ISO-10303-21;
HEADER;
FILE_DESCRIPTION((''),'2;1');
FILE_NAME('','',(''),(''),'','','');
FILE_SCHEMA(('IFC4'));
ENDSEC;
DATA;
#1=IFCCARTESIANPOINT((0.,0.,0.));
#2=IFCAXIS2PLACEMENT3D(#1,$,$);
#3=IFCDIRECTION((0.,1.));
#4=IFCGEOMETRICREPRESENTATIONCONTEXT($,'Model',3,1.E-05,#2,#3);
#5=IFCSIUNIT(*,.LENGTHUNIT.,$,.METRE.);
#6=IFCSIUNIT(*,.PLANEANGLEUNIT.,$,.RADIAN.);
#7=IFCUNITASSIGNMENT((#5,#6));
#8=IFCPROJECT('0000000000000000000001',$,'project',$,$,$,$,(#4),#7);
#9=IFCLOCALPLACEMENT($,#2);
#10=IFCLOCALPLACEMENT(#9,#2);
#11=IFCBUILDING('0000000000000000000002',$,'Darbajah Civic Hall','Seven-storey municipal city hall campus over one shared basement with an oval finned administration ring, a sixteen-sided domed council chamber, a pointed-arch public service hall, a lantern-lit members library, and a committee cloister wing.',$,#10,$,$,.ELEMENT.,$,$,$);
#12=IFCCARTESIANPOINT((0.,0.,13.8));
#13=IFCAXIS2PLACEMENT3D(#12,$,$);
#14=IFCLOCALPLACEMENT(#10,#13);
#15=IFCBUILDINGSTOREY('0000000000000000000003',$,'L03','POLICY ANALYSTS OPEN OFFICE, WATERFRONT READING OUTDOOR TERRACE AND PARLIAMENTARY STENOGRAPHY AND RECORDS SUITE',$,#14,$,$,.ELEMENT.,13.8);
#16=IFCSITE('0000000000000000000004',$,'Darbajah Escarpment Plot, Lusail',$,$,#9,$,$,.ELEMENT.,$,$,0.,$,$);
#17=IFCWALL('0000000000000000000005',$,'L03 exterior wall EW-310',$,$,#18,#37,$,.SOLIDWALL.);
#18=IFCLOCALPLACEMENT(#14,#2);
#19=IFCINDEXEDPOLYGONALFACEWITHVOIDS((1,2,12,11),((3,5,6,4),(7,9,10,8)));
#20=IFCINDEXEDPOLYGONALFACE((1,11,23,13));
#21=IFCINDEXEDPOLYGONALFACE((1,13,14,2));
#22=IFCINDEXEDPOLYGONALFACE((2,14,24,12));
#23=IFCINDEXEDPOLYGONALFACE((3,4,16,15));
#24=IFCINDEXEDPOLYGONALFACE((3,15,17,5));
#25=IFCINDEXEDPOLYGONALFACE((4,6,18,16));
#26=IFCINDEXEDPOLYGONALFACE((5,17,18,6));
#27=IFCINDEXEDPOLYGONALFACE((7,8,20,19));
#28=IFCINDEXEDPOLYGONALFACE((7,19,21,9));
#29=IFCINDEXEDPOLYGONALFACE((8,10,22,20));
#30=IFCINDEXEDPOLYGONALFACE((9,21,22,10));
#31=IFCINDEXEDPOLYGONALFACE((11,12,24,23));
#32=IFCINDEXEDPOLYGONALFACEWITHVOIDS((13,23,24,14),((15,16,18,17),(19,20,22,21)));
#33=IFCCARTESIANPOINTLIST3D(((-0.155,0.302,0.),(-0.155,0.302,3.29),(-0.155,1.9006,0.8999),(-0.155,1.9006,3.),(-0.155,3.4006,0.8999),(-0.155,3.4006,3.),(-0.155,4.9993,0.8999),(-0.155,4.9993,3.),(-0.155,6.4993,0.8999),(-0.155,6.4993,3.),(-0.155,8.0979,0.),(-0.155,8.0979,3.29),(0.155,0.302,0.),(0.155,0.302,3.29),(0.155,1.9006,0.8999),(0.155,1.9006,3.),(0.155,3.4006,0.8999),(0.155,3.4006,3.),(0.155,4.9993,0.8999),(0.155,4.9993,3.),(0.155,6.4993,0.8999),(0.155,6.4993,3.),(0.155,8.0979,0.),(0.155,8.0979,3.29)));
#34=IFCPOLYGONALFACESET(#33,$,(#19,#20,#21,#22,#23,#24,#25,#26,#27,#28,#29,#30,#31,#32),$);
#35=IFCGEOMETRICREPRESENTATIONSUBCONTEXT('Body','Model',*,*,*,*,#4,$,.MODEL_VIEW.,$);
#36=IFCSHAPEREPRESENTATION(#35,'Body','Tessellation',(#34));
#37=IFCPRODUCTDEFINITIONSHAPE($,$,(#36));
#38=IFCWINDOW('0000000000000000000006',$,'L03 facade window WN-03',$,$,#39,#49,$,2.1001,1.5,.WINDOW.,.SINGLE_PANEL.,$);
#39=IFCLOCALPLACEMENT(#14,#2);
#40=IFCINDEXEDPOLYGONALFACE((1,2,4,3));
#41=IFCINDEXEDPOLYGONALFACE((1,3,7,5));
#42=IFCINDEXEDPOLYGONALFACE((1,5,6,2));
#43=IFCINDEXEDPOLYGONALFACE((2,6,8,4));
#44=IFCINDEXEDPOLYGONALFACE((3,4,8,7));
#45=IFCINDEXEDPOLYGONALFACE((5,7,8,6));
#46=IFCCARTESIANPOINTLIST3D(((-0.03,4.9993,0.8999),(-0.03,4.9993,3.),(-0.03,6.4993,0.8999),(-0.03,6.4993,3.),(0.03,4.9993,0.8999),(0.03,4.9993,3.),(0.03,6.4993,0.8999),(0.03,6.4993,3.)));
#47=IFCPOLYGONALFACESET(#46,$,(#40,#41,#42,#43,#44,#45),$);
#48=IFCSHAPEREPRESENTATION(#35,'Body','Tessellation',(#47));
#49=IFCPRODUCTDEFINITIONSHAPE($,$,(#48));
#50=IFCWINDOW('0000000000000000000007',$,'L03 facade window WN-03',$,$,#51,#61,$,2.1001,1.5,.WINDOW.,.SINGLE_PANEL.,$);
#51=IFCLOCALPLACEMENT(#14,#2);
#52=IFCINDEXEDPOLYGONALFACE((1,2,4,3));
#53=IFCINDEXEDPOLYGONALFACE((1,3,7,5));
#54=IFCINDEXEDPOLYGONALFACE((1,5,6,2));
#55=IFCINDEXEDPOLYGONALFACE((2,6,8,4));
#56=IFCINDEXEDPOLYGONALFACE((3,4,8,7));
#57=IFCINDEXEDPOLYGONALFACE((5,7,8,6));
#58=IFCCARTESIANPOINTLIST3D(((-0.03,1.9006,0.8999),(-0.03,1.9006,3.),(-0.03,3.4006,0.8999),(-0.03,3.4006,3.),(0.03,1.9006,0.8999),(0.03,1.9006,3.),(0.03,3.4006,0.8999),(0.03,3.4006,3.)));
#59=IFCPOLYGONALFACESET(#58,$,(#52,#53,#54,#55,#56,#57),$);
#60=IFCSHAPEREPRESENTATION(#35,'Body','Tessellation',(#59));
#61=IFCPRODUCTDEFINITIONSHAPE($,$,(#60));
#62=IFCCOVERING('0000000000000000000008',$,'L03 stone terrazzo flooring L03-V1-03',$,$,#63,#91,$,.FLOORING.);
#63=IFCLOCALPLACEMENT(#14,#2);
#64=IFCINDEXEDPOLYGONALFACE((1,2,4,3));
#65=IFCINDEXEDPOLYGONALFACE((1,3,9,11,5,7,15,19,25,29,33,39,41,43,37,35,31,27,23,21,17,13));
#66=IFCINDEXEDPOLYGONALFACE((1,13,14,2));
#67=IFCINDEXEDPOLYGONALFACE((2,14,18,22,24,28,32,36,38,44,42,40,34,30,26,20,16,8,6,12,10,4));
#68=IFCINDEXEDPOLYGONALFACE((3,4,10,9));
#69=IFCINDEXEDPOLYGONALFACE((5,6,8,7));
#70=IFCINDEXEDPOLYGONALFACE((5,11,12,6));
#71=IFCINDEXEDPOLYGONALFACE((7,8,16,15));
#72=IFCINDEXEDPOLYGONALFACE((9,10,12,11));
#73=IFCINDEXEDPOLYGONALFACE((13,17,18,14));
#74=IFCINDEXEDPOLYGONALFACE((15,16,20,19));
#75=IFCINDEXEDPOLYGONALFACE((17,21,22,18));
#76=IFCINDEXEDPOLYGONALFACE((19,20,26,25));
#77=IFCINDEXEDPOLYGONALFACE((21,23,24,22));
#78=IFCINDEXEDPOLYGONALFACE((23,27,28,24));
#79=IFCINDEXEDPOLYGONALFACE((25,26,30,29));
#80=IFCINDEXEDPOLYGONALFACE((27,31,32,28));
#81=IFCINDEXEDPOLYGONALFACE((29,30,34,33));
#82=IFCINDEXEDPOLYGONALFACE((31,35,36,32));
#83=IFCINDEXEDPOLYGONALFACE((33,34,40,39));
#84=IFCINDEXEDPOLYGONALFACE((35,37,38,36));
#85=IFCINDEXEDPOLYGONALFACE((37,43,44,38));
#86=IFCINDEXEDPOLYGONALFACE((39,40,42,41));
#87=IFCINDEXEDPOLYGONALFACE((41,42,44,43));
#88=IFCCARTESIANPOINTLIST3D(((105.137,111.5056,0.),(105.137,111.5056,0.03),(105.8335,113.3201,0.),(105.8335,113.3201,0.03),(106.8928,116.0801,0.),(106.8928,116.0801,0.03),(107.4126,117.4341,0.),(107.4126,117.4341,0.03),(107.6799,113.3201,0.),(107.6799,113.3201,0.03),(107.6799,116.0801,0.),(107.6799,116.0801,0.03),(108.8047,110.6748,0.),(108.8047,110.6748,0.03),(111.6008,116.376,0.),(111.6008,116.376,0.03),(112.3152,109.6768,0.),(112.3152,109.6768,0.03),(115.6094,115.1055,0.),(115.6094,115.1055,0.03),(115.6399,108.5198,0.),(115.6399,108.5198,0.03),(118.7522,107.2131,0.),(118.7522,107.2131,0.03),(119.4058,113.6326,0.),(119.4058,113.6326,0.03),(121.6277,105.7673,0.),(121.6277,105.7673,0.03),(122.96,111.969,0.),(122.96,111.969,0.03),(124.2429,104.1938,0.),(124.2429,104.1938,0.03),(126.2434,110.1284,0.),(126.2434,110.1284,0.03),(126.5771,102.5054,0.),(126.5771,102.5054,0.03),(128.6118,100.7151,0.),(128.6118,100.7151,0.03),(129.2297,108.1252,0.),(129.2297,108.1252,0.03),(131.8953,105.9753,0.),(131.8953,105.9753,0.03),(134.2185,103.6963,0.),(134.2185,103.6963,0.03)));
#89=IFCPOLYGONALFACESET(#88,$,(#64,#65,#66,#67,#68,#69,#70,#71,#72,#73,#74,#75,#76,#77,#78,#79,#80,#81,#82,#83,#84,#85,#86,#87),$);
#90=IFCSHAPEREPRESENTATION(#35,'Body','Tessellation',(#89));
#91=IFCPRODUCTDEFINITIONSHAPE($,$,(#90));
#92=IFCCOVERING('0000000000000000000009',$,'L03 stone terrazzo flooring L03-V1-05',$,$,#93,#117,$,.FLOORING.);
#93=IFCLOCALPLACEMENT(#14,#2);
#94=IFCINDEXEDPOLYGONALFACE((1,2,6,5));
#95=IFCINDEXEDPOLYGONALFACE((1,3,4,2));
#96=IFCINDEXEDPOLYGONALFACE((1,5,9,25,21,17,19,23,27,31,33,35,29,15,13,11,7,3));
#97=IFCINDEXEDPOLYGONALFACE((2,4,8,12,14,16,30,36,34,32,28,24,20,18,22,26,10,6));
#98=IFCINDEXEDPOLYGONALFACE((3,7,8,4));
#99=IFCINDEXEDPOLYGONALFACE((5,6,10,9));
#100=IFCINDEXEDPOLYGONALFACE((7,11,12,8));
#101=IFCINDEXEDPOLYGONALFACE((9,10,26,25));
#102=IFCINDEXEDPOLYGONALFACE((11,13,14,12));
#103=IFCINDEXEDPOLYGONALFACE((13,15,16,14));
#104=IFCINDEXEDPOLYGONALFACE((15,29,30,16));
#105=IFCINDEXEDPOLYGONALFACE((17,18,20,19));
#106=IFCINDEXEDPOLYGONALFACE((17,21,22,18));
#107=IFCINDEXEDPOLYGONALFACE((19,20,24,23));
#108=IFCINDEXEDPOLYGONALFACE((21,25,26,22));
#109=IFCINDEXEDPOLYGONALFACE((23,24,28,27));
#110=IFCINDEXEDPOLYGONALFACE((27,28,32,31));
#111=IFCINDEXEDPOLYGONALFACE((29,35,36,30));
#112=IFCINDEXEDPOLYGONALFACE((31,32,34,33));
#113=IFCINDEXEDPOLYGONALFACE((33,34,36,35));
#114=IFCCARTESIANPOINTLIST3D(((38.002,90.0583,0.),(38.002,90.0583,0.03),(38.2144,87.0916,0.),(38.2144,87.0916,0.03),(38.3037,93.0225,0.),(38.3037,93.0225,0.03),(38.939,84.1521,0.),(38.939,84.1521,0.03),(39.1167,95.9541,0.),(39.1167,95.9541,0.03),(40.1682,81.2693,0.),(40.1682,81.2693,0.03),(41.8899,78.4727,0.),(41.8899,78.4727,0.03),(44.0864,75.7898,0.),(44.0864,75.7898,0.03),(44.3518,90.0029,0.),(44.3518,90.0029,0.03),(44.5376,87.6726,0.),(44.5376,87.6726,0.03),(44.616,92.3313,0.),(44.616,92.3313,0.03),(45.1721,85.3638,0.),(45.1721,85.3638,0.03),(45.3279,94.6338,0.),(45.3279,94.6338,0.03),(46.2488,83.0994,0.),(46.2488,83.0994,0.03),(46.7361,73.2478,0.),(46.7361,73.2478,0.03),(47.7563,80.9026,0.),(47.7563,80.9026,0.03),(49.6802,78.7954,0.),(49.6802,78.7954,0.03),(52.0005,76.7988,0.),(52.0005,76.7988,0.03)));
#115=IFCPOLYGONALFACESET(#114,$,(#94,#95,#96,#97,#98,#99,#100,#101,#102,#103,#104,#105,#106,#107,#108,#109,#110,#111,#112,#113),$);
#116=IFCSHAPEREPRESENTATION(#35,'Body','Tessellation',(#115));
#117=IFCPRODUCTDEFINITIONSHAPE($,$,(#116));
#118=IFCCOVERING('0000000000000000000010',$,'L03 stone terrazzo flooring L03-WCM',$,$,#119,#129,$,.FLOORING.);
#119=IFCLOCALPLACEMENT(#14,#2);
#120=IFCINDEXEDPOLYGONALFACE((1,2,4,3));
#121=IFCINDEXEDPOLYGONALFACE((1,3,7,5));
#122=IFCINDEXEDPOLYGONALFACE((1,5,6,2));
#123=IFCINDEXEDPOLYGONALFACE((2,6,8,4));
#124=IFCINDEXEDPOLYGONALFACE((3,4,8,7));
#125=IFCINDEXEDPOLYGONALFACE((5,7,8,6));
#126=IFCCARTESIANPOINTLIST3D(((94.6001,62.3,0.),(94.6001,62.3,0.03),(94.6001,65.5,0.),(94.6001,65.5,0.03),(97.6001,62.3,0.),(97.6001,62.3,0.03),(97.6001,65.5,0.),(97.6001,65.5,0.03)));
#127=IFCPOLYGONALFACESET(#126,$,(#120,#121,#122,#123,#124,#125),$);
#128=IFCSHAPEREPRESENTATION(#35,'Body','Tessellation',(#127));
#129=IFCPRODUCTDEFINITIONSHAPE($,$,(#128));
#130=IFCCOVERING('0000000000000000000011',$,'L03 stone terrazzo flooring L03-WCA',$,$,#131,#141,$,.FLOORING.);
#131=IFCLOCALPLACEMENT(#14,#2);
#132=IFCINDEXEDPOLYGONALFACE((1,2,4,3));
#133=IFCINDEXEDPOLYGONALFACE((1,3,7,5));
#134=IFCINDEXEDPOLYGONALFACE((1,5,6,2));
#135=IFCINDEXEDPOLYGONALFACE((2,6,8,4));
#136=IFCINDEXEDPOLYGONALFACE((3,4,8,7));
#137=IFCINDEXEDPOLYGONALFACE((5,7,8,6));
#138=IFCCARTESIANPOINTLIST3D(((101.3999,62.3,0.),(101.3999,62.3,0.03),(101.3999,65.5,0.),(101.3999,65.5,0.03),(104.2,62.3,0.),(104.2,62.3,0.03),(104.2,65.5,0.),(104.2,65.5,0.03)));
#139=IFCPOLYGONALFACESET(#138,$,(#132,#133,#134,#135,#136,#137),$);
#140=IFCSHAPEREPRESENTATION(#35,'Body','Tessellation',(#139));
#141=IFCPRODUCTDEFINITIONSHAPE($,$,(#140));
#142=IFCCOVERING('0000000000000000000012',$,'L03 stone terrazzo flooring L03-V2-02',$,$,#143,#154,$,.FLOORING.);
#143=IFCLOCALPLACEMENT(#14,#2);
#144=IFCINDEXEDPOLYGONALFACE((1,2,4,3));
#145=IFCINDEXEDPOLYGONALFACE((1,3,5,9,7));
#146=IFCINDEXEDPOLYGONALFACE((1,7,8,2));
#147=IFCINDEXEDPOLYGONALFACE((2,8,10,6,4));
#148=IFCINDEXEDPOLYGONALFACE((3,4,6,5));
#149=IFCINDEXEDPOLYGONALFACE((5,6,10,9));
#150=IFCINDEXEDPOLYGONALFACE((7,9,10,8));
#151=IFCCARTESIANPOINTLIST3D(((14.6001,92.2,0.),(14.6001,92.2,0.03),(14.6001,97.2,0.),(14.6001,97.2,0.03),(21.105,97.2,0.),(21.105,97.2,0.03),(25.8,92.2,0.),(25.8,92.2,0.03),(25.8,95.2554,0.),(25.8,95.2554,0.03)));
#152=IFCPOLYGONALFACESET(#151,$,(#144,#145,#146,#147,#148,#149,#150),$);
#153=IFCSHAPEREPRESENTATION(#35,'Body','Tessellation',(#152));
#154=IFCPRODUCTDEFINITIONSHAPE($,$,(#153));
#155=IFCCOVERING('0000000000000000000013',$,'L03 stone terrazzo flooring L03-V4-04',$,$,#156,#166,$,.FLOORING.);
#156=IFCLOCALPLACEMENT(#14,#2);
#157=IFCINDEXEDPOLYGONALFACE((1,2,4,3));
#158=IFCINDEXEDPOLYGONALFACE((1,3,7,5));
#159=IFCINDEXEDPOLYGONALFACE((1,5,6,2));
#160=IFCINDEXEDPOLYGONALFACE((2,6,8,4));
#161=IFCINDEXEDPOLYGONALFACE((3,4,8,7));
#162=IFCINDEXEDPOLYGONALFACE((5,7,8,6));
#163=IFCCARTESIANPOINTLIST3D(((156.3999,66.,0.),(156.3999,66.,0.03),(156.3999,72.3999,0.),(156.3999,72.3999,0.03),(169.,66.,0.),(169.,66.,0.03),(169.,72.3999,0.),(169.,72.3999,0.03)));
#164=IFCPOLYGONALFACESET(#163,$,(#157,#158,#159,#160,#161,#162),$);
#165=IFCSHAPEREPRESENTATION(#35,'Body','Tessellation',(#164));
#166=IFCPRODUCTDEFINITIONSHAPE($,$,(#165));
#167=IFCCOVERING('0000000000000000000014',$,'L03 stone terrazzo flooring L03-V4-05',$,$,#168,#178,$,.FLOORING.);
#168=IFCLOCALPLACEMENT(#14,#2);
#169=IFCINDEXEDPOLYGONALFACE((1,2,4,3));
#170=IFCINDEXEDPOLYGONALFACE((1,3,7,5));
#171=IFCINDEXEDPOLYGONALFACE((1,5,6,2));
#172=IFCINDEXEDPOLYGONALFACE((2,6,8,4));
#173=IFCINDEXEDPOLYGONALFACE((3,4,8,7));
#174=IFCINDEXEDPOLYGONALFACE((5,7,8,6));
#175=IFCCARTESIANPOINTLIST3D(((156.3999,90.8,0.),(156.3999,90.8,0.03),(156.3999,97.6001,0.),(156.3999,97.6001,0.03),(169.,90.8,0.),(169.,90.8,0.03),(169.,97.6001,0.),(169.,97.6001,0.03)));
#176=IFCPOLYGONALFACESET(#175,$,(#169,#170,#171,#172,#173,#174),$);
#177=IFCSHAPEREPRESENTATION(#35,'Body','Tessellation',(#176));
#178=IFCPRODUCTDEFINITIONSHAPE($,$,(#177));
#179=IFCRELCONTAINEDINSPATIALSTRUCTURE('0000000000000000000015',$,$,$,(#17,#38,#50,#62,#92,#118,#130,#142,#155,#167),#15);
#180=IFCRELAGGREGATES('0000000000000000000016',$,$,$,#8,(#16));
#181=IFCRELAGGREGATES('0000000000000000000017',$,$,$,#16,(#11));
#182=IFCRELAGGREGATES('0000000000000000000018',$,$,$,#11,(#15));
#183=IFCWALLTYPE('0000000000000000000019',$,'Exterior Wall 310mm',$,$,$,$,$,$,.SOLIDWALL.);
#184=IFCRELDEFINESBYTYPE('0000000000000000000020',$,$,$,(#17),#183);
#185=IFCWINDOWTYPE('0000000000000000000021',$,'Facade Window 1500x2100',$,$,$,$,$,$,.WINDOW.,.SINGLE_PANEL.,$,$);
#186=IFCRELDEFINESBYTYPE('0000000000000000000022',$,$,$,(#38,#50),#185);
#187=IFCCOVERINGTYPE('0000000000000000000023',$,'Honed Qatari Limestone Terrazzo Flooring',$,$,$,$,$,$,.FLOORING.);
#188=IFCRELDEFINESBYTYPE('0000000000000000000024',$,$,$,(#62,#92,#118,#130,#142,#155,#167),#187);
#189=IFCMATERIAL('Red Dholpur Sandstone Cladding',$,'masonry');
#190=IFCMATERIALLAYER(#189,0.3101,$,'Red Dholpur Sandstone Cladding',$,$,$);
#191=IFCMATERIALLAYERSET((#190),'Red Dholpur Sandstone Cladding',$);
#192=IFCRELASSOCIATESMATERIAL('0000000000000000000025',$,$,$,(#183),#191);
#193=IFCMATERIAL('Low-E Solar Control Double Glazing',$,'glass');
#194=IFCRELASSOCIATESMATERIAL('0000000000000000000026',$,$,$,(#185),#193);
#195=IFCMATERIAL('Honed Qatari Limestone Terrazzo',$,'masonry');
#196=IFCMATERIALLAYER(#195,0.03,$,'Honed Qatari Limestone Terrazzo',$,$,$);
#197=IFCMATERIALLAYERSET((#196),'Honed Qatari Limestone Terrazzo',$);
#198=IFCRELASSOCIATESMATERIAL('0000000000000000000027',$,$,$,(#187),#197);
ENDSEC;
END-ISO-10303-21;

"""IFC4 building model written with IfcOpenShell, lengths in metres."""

from ifc_helpers import new_model, si_unit, direction, frame, frame_2d, origin, place, context, subcontext, project, spatial, polyline, rectangle, outline, extrude, material, layer, layer_set, type_object, element, fill, save


model = new_model("IFC4")

# Units and contexts
model_context = context("Model", 3, precision=1e-05, world=origin(), true_north=direction((0.0, 1.0)))
body_context = subcontext(model_context, "Body", "Model", "MODEL_VIEW")
ifc_project = project(units=[si_unit("LENGTHUNIT", "METRE"), si_unit("PLANEANGLEUNIT", "RADIAN")], contexts=[model_context])

# Site, building, storey
site_placement = place(None, origin())
site = spatial("IfcSite", under=ifc_project, at=site_placement, Name="Darbajah Escarpment Plot, Lusail", CompositionType="ELEMENT", RefElevation=0.0)
building_placement = place(site_placement, origin())
building = spatial("IfcBuilding", under=site, at=building_placement, Name="Darbajah Civic Hall", Description="Seven-storey municipal city hall campus over one shared basement with an oval finned administration ring, a sixteen-sided domed council chamber, a pointed-arch public service hall, a lantern-lit members library, and a committee cloister wing.", CompositionType="ELEMENT")
storey_placement = place(building_placement, frame((0.0, 0.0, 13.8)))
storey = spatial("IfcBuildingStorey", under=building, at=storey_placement, Name="L03", Description="POLICY ANALYSTS OPEN OFFICE, WATERFRONT READING OUTDOOR TERRACE AND PARLIAMENTARY STENOGRAPHY AND RECORDS SUITE", CompositionType="ELEMENT", Elevation=13.8)

# Wall, openings, windows
ifc_material_1 = material(Name="Red Dholpur Sandstone Cladding", Category="masonry")
ifc_layer_1 = layer(ifc_material_1, 0.3101, Name="Red Dholpur Sandstone Cladding")
ifc_layer_set_1 = layer_set([ifc_layer_1], Name="Red Dholpur Sandstone Cladding")
wall_type = type_object("IfcWallType", Name="Exterior Wall 310mm", PredefinedType="SOLIDWALL", material=ifc_layer_set_1)
wall_placement = place(storey_placement, frame((0.0, 8.0979, 0.0), z_axis=(0.0, 0.0, 1.0), x_axis=(0.0, -1.0, 0.0)))
wall = element("IfcWall", 1, at=wall_placement, inside=storey, type_object=wall_type, Name="L03 exterior wall EW-310", PredefinedType="SOLIDWALL", context=body_context, shape_type="SweptSolid", body=[
    extrude(rectangle(XDim=7.7959, YDim=0.3101, at=frame_2d((3.8979, 0.0))), origin(), (0.0, 0.0, 1.0), 3.29),
])
opening_1_placement = place(wall_placement, frame((1.5986, 0.0, 0.8999)))
opening_1 = element("IfcOpeningElement", 2, at=opening_1_placement, cuts=wall, PredefinedType="OPENING", context=body_context, shape_type="SweptSolid", body=[
    extrude(rectangle(XDim=1.5, YDim=2.1001, at=frame_2d((0.75, 1.05))), frame((0.0, 0.165, 0.0), z_axis=(0.0, -1.0, 0.0), x_axis=(1.0, 0.0, 0.0)), (0.0, 0.0, 1.0), 0.3301),
])
opening_2_placement = place(wall_placement, frame((4.6973, 0.0, 0.8999)))
opening_2 = element("IfcOpeningElement", 3, at=opening_2_placement, cuts=wall, PredefinedType="OPENING", context=body_context, shape_type="SweptSolid", body=[
    extrude(rectangle(XDim=1.5, YDim=2.1001, at=frame_2d((0.75, 1.05))), frame((0.0, 0.165, 0.0), z_axis=(0.0, -1.0, 0.0), x_axis=(1.0, 0.0, 0.0)), (0.0, 0.0, 1.0), 0.3301),
])
ifc_material_2 = material(Name="Low-E Solar Control Double Glazing", Category="glass")
window_type = type_object("IfcWindowType", Name="Facade Window 1500x2100", PartitioningType="SINGLE_PANEL", PredefinedType="WINDOW", material=ifc_material_2)
window_1_placement = place(opening_1_placement, origin())
window_1 = element("IfcWindow", 4, at=window_1_placement, inside=storey, type_object=window_type, Name="L03 facade window WN-03", OverallHeight=2.1001, OverallWidth=1.5, PartitioningType="SINGLE_PANEL", PredefinedType="WINDOW", context=body_context, shape_type="SweptSolid", body=[
    extrude(rectangle(XDim=1.5, YDim=2.1001, at=frame_2d((0.75, 1.05))), frame((0.0, 0.03, 0.0), z_axis=(0.0, -1.0, 0.0), x_axis=(1.0, 0.0, 0.0)), (0.0, 0.0, 1.0), 0.0601),
])
fill(opening_1, window_1)
window_2_placement = place(opening_2_placement, origin())
window_2 = element("IfcWindow", 5, at=window_2_placement, inside=storey, type_object=window_type, Name="L03 facade window WN-03", OverallHeight=2.1001, OverallWidth=1.5, PartitioningType="SINGLE_PANEL", PredefinedType="WINDOW", context=body_context, shape_type="SweptSolid", body=[
    extrude(rectangle(XDim=1.5, YDim=2.1001, at=frame_2d((0.75, 1.05))), frame((0.0, 0.03, 0.0), z_axis=(0.0, -1.0, 0.0), x_axis=(1.0, 0.0, 0.0)), (0.0, 0.0, 1.0), 0.0601),
])
fill(opening_2, window_2)

# Coverings
ifc_material_3 = material(Name="Honed Qatari Limestone Terrazzo", Category="masonry")
ifc_layer_2 = layer(ifc_material_3, 0.03, Name="Honed Qatari Limestone Terrazzo")
ifc_layer_set_2 = layer_set([ifc_layer_2], Name="Honed Qatari Limestone Terrazzo")
covering_type_1 = type_object("IfcCoveringType", Name="Honed Qatari Limestone Terrazzo Flooring", PredefinedType="FLOORING", material=ifc_layer_set_2)
covering_1_placement = place(storey_placement, origin())
element("IfcCovering", 6, at=covering_1_placement, inside=storey, type_object=covering_type_1, Name="L03 stone terrazzo flooring L03-V1-03", PredefinedType="FLOORING", context=body_context, shape_type="SweptSolid", body=[
    extrude(outline(polyline([(128.6118, 100.7151), (126.5771, 102.5054), (124.2429, 104.1938), (121.6277, 105.7673), (118.7522, 107.2131), (115.6399, 108.5198), (112.3152, 109.6768), (108.8047, 110.6748), (105.137, 111.5056), (105.8335, 113.3201), (107.6799, 113.3201), (107.6799, 116.0801), (106.8928, 116.0801), (107.4126, 117.4341), (111.6008, 116.376), (115.6094, 115.1055), (119.4058, 113.6326), (122.96, 111.969), (126.2434, 110.1284), (129.2297, 108.1252), (131.8953, 105.9753), (134.2185, 103.6963), (128.6118, 100.7151)])), origin(), (0.0, 0.0, 1.0), 0.03),
])
covering_2_placement = place(storey_placement, origin())
element("IfcCovering", 7, at=covering_2_placement, inside=storey, type_object=covering_type_1, Name="L03 stone terrazzo flooring L03-V1-05", PredefinedType="FLOORING", context=body_context, shape_type="SweptSolid", body=[
    extrude(outline(polyline([(39.1167, 95.9541), (38.3037, 93.0225), (38.002, 90.0583), (38.2144, 87.0916), (38.939, 84.1521), (40.1682, 81.2693), (41.8899, 78.4727), (44.0864, 75.7898), (46.7361, 73.2478), (52.0005, 76.7988), (49.6802, 78.7954), (47.7563, 80.9026), (46.2488, 83.0994), (45.1721, 85.3638), (44.5376, 87.6726), (44.3518, 90.0029), (44.616, 92.3313), (45.3279, 94.6338), (39.1167, 95.9541)])), origin(), (0.0, 0.0, 1.0), 0.03),
])
covering_3_placement = place(storey_placement, origin())
element("IfcCovering", 8, at=covering_3_placement, inside=storey, type_object=covering_type_1, Name="L03 stone terrazzo flooring L03-WCM", PredefinedType="FLOORING", context=body_context, shape_type="SweptSolid", body=[
    extrude(outline(polyline([(94.6001, 62.3), (97.6001, 62.3), (97.6001, 65.5), (94.6001, 65.5), (94.6001, 62.3)])), origin(), (0.0, 0.0, 1.0), 0.03),
])
covering_4_placement = place(storey_placement, origin())
element("IfcCovering", 9, at=covering_4_placement, inside=storey, type_object=covering_type_1, Name="L03 stone terrazzo flooring L03-WCA", PredefinedType="FLOORING", context=body_context, shape_type="SweptSolid", body=[
    extrude(outline(polyline([(101.3999, 62.3), (104.2, 62.3), (104.2, 65.5), (101.3999, 65.5), (101.3999, 62.3)])), origin(), (0.0, 0.0, 1.0), 0.03),
])
covering_5_placement = place(storey_placement, origin())
element("IfcCovering", 10, at=covering_5_placement, inside=storey, type_object=covering_type_1, Name="L03 stone terrazzo flooring L03-V2-02", PredefinedType="FLOORING", context=body_context, shape_type="SweptSolid", body=[
    extrude(outline(polyline([(14.6001, 97.2), (21.105, 97.2), (25.8, 95.2554), (25.8, 92.2), (14.6001, 92.2), (14.6001, 97.2)])), origin(), (0.0, 0.0, 1.0), 0.03),
])
covering_6_placement = place(storey_placement, origin())
element("IfcCovering", 11, at=covering_6_placement, inside=storey, type_object=covering_type_1, Name="L03 stone terrazzo flooring L03-V4-04", PredefinedType="FLOORING", context=body_context, shape_type="SweptSolid", body=[
    extrude(outline(polyline([(156.3999, 66.0), (169.0, 66.0), (169.0, 72.3999), (156.3999, 72.3999), (156.3999, 66.0)])), origin(), (0.0, 0.0, 1.0), 0.03),
])
covering_7_placement = place(storey_placement, origin())
element("IfcCovering", 12, at=covering_7_placement, inside=storey, type_object=covering_type_1, Name="L03 stone terrazzo flooring L03-V4-05", PredefinedType="FLOORING", context=body_context, shape_type="SweptSolid", body=[
    extrude(outline(polyline([(156.3999, 90.8), (169.0, 90.8), (169.0, 97.6001), (156.3999, 97.6001), (156.3999, 90.8)])), origin(), (0.0, 0.0, 1.0), 0.03),
])

save(model, "model.ifc")
